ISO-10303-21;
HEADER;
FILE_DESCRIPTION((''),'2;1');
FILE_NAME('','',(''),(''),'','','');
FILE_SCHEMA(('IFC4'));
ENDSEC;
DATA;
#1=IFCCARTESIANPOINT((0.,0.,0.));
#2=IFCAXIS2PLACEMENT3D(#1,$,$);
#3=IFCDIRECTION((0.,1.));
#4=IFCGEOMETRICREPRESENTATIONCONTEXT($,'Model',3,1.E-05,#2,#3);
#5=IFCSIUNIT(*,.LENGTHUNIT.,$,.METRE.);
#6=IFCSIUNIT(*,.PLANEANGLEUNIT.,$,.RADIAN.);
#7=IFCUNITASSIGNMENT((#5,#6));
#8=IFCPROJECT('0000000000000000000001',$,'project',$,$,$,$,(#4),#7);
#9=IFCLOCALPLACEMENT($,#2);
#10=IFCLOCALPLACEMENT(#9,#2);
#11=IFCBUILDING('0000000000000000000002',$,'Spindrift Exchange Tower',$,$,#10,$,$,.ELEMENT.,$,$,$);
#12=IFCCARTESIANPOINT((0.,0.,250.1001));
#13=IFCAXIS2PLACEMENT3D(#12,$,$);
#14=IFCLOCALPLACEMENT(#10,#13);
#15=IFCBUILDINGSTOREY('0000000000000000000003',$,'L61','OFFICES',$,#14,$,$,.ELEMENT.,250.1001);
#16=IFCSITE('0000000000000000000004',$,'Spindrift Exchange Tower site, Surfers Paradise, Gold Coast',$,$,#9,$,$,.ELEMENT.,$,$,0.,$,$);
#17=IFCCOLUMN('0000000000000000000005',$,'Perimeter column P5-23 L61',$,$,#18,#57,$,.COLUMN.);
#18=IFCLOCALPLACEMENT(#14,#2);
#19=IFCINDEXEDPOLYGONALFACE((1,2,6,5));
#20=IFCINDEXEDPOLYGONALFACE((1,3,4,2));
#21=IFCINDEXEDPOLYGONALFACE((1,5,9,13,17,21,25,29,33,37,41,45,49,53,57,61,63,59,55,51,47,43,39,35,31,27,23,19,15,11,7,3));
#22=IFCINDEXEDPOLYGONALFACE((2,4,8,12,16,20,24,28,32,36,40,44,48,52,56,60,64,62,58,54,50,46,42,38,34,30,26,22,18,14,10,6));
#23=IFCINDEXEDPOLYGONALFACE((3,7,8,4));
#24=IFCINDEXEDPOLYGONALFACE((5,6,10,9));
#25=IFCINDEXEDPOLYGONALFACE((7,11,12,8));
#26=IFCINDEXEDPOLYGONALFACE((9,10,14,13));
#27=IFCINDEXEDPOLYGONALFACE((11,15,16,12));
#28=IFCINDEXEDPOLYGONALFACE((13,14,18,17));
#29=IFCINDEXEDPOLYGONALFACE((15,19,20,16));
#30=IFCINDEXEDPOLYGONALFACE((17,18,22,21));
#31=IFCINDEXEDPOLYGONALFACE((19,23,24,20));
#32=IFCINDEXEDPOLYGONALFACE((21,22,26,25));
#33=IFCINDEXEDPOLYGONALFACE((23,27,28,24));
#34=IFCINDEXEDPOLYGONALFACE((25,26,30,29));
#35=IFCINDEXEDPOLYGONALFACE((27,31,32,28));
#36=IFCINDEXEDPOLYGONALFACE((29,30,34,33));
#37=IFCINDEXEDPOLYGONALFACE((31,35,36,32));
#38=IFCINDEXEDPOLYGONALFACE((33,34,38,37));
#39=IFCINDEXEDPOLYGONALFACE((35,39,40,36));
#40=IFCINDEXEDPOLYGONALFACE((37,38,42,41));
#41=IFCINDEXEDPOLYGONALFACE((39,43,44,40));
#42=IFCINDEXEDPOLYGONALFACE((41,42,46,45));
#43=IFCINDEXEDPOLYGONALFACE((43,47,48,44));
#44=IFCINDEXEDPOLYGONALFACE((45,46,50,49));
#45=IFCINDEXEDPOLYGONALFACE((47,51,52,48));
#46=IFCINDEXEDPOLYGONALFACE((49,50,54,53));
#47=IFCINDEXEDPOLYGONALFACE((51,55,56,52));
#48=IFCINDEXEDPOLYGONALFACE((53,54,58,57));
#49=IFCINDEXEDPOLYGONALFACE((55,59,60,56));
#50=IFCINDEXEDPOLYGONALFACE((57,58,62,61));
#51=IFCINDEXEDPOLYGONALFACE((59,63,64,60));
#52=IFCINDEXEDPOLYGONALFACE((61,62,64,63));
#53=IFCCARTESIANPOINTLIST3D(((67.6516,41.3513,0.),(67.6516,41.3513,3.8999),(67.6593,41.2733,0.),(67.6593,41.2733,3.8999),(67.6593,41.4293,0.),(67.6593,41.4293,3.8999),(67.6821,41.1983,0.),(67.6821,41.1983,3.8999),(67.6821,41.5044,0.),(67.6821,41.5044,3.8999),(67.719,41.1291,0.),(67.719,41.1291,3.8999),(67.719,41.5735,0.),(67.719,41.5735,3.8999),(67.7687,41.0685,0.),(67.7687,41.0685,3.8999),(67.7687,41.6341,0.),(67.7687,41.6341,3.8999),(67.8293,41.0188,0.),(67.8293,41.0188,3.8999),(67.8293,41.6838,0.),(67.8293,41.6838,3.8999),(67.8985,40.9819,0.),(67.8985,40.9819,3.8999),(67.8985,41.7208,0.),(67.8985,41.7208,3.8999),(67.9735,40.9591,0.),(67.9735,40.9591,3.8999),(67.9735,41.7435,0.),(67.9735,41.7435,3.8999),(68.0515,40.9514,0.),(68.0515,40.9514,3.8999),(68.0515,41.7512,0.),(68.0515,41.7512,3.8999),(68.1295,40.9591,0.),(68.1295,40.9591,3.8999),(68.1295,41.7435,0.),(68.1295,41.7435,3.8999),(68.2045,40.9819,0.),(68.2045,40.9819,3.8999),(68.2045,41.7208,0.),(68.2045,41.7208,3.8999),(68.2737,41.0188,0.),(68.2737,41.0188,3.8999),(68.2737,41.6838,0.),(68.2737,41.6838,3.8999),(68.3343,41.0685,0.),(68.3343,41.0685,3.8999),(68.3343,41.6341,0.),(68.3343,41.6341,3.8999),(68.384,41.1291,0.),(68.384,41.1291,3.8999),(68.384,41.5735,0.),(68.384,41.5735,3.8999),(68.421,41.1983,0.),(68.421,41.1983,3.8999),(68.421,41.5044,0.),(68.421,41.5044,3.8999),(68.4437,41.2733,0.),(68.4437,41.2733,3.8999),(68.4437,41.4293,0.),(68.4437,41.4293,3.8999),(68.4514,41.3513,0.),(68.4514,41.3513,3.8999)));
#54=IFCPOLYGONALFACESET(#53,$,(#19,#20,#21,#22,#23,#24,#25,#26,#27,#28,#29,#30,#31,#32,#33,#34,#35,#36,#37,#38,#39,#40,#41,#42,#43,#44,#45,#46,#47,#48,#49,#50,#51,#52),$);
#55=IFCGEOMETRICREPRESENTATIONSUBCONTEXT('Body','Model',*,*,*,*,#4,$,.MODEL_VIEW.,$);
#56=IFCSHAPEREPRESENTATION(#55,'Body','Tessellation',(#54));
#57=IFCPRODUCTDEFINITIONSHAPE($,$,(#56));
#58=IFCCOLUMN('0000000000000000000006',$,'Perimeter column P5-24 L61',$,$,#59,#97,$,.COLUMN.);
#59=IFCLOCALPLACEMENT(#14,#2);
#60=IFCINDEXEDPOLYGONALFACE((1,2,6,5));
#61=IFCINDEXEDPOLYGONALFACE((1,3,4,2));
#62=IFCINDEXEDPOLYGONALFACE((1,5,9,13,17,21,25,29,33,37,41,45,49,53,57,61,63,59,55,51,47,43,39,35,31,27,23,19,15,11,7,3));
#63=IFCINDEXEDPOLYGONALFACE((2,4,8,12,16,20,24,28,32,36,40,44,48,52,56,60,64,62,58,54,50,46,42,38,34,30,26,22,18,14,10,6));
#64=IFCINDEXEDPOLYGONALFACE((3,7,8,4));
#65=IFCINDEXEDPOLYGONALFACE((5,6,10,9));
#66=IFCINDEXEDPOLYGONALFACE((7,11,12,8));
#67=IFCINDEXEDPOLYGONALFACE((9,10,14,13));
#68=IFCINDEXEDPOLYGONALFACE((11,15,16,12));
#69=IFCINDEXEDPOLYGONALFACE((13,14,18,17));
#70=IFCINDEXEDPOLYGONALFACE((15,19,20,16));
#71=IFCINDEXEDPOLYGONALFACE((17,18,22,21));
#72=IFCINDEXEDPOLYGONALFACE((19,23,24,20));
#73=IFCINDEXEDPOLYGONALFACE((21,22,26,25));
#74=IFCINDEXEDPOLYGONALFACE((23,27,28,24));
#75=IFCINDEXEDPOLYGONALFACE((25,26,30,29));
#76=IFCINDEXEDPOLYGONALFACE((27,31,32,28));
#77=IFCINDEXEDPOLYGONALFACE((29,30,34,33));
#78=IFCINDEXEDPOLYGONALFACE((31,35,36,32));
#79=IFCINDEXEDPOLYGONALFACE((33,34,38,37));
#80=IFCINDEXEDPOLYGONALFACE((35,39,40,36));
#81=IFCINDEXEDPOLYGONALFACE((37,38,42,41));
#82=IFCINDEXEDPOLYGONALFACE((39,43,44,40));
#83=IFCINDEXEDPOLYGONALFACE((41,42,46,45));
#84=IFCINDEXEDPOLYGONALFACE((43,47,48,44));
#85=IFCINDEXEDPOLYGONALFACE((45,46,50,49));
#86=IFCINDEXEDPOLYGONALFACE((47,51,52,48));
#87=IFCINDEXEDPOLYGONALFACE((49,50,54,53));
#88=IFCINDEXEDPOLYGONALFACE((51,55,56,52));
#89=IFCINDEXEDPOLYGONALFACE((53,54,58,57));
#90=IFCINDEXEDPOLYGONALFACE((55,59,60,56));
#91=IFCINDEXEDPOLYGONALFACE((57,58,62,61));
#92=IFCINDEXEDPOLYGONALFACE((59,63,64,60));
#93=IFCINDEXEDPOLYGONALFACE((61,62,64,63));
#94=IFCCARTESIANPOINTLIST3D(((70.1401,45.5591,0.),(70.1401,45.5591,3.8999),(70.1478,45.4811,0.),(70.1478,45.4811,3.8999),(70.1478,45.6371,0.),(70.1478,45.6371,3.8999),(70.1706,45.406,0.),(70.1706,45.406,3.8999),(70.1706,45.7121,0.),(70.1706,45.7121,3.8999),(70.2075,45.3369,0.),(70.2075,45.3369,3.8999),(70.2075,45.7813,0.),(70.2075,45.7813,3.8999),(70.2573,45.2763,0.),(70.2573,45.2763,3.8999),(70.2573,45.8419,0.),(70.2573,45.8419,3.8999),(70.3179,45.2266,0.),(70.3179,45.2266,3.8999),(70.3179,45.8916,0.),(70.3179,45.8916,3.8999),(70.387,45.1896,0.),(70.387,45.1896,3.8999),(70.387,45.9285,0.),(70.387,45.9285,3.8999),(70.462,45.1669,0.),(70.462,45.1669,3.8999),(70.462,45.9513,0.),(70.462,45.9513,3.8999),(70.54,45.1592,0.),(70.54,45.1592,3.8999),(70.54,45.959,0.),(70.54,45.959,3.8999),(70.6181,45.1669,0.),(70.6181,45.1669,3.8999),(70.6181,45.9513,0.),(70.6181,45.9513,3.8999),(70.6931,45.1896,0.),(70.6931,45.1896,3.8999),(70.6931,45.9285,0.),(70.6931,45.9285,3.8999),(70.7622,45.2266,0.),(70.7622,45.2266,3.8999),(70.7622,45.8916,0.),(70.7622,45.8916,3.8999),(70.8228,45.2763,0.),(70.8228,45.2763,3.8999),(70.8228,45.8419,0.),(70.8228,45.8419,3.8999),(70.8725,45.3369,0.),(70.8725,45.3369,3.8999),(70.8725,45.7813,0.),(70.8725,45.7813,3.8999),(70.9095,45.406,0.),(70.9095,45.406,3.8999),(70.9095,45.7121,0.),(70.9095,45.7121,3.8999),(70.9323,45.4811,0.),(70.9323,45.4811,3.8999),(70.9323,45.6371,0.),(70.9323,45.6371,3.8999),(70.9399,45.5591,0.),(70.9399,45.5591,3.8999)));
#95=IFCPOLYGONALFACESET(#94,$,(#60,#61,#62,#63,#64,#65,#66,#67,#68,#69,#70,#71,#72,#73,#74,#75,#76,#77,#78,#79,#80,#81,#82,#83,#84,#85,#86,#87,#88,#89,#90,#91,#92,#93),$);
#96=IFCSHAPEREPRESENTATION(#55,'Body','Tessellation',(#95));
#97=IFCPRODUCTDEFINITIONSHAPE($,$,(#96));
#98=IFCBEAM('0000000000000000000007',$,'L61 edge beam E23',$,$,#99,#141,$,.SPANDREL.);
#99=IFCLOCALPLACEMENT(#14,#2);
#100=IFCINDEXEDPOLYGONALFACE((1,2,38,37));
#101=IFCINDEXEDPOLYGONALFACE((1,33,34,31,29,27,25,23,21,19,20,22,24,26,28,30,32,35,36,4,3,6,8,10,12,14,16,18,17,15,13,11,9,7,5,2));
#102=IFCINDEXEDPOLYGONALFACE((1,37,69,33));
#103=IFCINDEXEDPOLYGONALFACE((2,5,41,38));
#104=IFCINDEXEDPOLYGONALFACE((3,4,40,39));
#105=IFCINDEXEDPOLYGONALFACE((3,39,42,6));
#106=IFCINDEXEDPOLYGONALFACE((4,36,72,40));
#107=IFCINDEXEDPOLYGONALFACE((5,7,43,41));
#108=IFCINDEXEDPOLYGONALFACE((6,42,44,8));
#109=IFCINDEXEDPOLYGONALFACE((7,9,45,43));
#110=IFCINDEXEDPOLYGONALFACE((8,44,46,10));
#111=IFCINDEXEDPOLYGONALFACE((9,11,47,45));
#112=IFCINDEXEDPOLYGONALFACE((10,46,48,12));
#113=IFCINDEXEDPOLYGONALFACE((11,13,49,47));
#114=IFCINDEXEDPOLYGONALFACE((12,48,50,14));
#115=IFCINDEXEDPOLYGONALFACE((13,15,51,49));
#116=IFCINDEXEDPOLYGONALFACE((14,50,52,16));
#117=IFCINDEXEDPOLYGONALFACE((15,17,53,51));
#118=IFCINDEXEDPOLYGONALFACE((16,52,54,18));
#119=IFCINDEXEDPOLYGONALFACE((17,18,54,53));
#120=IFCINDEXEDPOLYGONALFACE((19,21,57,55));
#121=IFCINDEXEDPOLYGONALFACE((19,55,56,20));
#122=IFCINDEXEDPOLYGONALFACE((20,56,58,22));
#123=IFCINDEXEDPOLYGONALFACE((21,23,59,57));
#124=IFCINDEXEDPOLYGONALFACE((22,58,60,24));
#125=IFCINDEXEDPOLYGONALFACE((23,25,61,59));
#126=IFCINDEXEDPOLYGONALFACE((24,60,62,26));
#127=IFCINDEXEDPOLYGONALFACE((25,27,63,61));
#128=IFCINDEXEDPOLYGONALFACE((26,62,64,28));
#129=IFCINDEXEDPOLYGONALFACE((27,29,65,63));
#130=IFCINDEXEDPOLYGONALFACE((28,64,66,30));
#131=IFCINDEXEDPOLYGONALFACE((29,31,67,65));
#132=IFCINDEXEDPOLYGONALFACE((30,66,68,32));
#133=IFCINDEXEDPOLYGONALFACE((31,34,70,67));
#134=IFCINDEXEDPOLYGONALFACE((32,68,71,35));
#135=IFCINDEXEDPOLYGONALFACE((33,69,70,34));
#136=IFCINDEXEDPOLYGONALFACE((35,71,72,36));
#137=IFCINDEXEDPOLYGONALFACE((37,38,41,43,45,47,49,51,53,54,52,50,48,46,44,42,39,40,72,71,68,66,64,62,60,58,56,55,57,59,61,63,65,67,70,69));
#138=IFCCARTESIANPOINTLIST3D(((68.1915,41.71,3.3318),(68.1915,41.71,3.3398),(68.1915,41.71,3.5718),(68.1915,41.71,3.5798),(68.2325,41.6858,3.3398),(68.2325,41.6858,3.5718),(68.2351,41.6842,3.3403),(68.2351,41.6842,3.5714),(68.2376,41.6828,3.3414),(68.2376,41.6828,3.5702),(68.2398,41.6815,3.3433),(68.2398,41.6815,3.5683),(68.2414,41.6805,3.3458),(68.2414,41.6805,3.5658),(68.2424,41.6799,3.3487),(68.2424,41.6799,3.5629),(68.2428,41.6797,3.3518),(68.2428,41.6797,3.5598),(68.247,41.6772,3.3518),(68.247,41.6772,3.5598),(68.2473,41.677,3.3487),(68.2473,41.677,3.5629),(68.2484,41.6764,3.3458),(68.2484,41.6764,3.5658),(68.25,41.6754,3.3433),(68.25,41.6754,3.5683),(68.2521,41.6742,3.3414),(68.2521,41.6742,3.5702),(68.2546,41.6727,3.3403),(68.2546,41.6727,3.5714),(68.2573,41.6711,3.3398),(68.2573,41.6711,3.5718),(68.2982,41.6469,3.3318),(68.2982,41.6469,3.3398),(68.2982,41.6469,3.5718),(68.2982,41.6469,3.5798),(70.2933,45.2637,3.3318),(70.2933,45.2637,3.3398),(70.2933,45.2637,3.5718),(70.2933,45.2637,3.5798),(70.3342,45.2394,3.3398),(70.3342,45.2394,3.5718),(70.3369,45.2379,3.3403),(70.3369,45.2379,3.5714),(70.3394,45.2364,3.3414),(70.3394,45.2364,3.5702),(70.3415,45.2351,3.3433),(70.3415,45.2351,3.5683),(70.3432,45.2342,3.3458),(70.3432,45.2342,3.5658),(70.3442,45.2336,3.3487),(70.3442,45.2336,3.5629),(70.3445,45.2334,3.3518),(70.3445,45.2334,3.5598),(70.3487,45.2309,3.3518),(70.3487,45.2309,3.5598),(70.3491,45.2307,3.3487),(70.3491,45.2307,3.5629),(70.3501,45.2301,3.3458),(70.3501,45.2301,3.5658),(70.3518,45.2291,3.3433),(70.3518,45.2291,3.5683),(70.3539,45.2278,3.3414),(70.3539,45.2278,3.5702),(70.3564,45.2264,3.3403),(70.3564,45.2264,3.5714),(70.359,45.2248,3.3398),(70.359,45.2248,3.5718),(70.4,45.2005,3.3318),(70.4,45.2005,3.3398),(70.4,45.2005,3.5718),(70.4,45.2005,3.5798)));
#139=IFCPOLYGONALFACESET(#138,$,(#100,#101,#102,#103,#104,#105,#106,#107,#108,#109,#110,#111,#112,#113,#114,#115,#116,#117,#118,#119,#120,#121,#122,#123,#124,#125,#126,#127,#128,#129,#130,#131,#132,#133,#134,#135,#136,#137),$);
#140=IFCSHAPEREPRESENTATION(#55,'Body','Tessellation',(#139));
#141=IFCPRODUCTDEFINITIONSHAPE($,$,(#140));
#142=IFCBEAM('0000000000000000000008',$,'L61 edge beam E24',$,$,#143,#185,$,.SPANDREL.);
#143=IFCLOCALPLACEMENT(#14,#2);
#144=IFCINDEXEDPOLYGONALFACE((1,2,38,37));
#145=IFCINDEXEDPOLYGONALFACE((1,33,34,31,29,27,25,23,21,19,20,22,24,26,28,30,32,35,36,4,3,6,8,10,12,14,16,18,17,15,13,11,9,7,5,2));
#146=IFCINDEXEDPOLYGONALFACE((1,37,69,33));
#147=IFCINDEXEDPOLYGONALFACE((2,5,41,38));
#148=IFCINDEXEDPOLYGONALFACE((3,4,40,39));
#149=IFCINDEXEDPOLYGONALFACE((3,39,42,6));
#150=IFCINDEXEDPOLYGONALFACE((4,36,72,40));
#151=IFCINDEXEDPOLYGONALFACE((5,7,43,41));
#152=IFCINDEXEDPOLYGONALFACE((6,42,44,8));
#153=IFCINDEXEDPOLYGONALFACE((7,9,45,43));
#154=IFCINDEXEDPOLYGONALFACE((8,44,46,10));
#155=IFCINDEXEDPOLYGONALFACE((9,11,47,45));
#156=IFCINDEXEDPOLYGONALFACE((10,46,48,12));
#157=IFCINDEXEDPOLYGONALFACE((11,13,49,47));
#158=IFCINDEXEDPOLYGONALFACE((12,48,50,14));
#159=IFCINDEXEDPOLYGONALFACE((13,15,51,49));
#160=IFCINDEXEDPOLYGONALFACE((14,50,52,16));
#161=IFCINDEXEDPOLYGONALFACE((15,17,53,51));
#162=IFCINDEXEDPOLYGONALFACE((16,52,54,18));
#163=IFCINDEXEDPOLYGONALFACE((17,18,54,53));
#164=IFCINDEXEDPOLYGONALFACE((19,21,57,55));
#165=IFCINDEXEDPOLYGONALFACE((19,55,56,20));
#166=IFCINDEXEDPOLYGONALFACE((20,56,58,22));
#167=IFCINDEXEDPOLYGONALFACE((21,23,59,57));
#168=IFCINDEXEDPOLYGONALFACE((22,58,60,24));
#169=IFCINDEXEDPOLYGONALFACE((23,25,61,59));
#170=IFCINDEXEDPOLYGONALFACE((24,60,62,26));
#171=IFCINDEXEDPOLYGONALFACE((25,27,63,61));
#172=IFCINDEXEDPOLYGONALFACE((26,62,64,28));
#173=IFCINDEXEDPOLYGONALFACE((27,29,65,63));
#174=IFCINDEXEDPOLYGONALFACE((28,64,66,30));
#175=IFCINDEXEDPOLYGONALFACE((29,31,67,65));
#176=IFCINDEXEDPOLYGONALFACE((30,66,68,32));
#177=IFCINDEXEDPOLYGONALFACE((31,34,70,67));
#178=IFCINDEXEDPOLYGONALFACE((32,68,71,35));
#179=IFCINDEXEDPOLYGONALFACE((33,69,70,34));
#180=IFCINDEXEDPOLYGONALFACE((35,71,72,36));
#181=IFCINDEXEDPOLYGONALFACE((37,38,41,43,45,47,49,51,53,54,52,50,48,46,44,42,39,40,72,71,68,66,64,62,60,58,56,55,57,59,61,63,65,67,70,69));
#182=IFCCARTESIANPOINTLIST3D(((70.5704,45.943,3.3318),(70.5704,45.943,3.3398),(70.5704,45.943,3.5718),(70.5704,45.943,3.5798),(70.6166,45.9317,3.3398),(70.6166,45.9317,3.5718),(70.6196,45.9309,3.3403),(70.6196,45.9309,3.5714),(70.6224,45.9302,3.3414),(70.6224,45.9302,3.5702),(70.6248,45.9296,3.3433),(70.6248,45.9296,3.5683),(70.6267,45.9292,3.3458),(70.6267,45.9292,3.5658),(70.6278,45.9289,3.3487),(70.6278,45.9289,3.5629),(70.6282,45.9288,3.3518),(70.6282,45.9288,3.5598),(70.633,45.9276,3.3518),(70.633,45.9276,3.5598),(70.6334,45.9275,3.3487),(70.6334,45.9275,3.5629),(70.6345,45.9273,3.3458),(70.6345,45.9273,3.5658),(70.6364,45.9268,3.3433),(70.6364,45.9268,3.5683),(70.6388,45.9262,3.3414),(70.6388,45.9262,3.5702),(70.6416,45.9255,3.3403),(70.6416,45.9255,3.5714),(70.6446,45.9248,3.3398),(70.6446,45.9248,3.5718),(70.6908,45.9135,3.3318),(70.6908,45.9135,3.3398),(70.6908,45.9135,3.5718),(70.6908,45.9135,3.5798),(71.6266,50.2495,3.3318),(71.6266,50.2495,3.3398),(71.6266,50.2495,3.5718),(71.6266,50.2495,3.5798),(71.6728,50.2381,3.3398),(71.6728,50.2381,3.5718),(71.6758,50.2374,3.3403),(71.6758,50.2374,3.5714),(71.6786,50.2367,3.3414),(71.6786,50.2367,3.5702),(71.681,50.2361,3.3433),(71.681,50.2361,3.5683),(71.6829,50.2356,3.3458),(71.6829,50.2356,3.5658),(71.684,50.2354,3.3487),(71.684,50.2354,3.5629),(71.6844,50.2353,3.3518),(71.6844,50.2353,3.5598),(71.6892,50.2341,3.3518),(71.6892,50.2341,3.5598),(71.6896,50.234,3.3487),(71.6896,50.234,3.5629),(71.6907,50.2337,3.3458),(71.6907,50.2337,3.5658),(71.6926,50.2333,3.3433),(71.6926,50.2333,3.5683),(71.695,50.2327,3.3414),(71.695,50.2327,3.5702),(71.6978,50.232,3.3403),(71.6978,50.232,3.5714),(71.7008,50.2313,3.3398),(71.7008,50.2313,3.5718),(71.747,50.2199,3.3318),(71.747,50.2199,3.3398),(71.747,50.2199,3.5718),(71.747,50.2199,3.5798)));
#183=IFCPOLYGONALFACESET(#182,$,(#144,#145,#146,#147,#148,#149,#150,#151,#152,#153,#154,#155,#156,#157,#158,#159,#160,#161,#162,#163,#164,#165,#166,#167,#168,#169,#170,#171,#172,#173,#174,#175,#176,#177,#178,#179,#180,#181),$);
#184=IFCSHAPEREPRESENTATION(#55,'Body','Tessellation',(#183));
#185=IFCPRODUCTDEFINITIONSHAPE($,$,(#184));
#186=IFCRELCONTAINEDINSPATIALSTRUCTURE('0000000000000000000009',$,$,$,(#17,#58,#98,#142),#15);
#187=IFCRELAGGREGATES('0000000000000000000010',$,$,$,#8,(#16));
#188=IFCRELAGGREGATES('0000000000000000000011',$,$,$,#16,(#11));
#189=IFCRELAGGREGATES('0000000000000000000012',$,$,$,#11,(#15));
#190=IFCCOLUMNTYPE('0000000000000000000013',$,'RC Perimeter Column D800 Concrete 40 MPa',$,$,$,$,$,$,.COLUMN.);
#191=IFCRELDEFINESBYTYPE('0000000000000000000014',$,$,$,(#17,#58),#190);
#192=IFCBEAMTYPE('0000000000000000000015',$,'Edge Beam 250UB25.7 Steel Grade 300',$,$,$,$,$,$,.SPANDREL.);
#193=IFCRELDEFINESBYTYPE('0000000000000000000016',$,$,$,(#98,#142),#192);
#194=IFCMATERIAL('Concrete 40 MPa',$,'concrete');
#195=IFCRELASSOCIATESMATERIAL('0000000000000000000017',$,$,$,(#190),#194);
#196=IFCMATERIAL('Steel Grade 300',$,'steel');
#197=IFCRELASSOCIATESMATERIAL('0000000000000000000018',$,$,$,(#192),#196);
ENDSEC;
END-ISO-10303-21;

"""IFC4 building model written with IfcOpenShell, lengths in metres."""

from ifc_helpers import new_model, si_unit, direction, frame, origin, origin_2d, place, context, subcontext, project, spatial, circle, i_section, extrude, source, transform, mapped, material, material_profile, profile_set, type_object, element, save


model = new_model("IFC4")

# Units and contexts
model_context = context("Model", 3, precision=1e-05, world=origin(), true_north=direction((0.0, 1.0)))
body_context = subcontext(model_context, "Body", "Model", "MODEL_VIEW")
ifc_project = project(units=[si_unit("LENGTHUNIT", "METRE"), si_unit("PLANEANGLEUNIT", "RADIAN")], contexts=[model_context])

# Site, building, storey
site_placement = place(None, origin())
site = spatial("IfcSite", under=ifc_project, at=site_placement, Name="Spindrift Exchange Tower site, Surfers Paradise, Gold Coast", CompositionType="ELEMENT", RefElevation=0.0)
building_placement = place(site_placement, origin())
building = spatial("IfcBuilding", under=site, at=building_placement, Name="Spindrift Exchange Tower", CompositionType="ELEMENT")
storey_placement = place(building_placement, frame((0.0, 0.0, 250.1001)))
storey = spatial("IfcBuildingStorey", under=building, at=storey_placement, Name="L61", Description="OFFICES", CompositionType="ELEMENT", Elevation=250.1001)

# Columns
ifc_material_1 = material(Name="Concrete 40 MPa", Category="concrete")
ifc_material_profile_1 = material_profile(ifc_material_1, circle(Radius=0.3999, at=origin_2d()), Name="RC D800")
ifc_profile_set_1 = profile_set([ifc_material_profile_1], Name="Concrete 40 MPa")
column_type = type_object("IfcColumnType", Name="RC Perimeter Column D800 Concrete 40 MPa", PredefinedType="COLUMN", material=ifc_profile_set_1)
shared_shape_1 = source(origin(), body_context, "Body", "SweptSolid", [
    extrude(circle(Radius=0.3999, at=origin_2d()), origin(), (0.0, 0.0, 1.0), 3.8999),
])
for number, where, z_axis, x_axis, name in (
    (1, (68.0515, 41.3513, 0.0), (0.0, 0.0, 1.0), (1.0, 0.0, 0.0), "Perimeter column P5-23 L61"),
    (2, (70.54, 45.5591, 0.0), (0.0, 0.0, 1.0), (1.0, 0.0, 0.0), "Perimeter column P5-24 L61"),
):
    element("IfcColumn", number, at=place(storey_placement, frame(where, z_axis=z_axis, x_axis=x_axis)), inside=storey, type_object=column_type, Name=name, PredefinedType="COLUMN", context=body_context, shape_type="MappedRepresentation", body=[
        mapped(shared_shape_1, transform((0.0, 0.0, 0.0), scale=1.0)),
    ])

# Beams
ifc_material_2 = material(Name="Steel Grade 300", Category="steel")
ifc_material_profile_2 = material_profile(ifc_material_2, i_section(OverallWidth=0.124, OverallDepth=0.248, WebThickness=0.0049, FlangeThickness=0.0081, FilletRadius=0.012, at=origin_2d()), Name="250UB25.7")
ifc_profile_set_2 = profile_set([ifc_material_profile_2], Name="Steel Grade 300")
beam_type_1 = type_object("IfcBeamType", Name="Edge Beam 250UB25.7 Steel Grade 300", PredefinedType="SPANDREL", material=ifc_profile_set_2)
shared_shape_2 = source(origin(), body_context, "Body", "SweptSolid", [
    extrude(i_section(OverallWidth=0.124, OverallDepth=0.248, WebThickness=0.0049, FlangeThickness=0.0081, FilletRadius=0.012, at=origin_2d()), origin(), (0.0, 0.0, 1.0), 4.1287),
])
beam_1_placement = place(storey_placement, frame((68.2449, 41.6785, 3.4558), z_axis=(0.509068, 0.860726, 0.0), x_axis=(-0.860726, 0.509068, 0.0)))
element("IfcBeam", 3, at=beam_1_placement, inside=storey, type_object=beam_type_1, Name="L61 edge beam E23", PredefinedType="SPANDREL", context=body_context, shape_type="MappedRepresentation", body=[
    mapped(shared_shape_2, transform((0.0, 0.0, 0.0), scale=1.0)),
])
shared_shape_3 = source(origin(), body_context, "Body", "SweptSolid", [
    extrude(i_section(OverallWidth=0.124, OverallDepth=0.248, WebThickness=0.0049, FlangeThickness=0.0081, FilletRadius=0.012, at=origin_2d()), origin(), (0.0, 0.0, 1.0), 4.4341),
])
beam_2_placement = place(storey_placement, frame((70.6306, 45.9282, 3.4558), z_axis=(0.238193, 0.971218, 0.0), x_axis=(-0.971218, 0.238193, 0.0)))
element("IfcBeam", 4, at=beam_2_placement, inside=storey, type_object=beam_type_1, Name="L61 edge beam E24", PredefinedType="SPANDREL", context=body_context, shape_type="MappedRepresentation", body=[
    mapped(shared_shape_3, transform((0.0, 0.0, 0.0), scale=1.0)),
])

save(model, "model.ifc")
